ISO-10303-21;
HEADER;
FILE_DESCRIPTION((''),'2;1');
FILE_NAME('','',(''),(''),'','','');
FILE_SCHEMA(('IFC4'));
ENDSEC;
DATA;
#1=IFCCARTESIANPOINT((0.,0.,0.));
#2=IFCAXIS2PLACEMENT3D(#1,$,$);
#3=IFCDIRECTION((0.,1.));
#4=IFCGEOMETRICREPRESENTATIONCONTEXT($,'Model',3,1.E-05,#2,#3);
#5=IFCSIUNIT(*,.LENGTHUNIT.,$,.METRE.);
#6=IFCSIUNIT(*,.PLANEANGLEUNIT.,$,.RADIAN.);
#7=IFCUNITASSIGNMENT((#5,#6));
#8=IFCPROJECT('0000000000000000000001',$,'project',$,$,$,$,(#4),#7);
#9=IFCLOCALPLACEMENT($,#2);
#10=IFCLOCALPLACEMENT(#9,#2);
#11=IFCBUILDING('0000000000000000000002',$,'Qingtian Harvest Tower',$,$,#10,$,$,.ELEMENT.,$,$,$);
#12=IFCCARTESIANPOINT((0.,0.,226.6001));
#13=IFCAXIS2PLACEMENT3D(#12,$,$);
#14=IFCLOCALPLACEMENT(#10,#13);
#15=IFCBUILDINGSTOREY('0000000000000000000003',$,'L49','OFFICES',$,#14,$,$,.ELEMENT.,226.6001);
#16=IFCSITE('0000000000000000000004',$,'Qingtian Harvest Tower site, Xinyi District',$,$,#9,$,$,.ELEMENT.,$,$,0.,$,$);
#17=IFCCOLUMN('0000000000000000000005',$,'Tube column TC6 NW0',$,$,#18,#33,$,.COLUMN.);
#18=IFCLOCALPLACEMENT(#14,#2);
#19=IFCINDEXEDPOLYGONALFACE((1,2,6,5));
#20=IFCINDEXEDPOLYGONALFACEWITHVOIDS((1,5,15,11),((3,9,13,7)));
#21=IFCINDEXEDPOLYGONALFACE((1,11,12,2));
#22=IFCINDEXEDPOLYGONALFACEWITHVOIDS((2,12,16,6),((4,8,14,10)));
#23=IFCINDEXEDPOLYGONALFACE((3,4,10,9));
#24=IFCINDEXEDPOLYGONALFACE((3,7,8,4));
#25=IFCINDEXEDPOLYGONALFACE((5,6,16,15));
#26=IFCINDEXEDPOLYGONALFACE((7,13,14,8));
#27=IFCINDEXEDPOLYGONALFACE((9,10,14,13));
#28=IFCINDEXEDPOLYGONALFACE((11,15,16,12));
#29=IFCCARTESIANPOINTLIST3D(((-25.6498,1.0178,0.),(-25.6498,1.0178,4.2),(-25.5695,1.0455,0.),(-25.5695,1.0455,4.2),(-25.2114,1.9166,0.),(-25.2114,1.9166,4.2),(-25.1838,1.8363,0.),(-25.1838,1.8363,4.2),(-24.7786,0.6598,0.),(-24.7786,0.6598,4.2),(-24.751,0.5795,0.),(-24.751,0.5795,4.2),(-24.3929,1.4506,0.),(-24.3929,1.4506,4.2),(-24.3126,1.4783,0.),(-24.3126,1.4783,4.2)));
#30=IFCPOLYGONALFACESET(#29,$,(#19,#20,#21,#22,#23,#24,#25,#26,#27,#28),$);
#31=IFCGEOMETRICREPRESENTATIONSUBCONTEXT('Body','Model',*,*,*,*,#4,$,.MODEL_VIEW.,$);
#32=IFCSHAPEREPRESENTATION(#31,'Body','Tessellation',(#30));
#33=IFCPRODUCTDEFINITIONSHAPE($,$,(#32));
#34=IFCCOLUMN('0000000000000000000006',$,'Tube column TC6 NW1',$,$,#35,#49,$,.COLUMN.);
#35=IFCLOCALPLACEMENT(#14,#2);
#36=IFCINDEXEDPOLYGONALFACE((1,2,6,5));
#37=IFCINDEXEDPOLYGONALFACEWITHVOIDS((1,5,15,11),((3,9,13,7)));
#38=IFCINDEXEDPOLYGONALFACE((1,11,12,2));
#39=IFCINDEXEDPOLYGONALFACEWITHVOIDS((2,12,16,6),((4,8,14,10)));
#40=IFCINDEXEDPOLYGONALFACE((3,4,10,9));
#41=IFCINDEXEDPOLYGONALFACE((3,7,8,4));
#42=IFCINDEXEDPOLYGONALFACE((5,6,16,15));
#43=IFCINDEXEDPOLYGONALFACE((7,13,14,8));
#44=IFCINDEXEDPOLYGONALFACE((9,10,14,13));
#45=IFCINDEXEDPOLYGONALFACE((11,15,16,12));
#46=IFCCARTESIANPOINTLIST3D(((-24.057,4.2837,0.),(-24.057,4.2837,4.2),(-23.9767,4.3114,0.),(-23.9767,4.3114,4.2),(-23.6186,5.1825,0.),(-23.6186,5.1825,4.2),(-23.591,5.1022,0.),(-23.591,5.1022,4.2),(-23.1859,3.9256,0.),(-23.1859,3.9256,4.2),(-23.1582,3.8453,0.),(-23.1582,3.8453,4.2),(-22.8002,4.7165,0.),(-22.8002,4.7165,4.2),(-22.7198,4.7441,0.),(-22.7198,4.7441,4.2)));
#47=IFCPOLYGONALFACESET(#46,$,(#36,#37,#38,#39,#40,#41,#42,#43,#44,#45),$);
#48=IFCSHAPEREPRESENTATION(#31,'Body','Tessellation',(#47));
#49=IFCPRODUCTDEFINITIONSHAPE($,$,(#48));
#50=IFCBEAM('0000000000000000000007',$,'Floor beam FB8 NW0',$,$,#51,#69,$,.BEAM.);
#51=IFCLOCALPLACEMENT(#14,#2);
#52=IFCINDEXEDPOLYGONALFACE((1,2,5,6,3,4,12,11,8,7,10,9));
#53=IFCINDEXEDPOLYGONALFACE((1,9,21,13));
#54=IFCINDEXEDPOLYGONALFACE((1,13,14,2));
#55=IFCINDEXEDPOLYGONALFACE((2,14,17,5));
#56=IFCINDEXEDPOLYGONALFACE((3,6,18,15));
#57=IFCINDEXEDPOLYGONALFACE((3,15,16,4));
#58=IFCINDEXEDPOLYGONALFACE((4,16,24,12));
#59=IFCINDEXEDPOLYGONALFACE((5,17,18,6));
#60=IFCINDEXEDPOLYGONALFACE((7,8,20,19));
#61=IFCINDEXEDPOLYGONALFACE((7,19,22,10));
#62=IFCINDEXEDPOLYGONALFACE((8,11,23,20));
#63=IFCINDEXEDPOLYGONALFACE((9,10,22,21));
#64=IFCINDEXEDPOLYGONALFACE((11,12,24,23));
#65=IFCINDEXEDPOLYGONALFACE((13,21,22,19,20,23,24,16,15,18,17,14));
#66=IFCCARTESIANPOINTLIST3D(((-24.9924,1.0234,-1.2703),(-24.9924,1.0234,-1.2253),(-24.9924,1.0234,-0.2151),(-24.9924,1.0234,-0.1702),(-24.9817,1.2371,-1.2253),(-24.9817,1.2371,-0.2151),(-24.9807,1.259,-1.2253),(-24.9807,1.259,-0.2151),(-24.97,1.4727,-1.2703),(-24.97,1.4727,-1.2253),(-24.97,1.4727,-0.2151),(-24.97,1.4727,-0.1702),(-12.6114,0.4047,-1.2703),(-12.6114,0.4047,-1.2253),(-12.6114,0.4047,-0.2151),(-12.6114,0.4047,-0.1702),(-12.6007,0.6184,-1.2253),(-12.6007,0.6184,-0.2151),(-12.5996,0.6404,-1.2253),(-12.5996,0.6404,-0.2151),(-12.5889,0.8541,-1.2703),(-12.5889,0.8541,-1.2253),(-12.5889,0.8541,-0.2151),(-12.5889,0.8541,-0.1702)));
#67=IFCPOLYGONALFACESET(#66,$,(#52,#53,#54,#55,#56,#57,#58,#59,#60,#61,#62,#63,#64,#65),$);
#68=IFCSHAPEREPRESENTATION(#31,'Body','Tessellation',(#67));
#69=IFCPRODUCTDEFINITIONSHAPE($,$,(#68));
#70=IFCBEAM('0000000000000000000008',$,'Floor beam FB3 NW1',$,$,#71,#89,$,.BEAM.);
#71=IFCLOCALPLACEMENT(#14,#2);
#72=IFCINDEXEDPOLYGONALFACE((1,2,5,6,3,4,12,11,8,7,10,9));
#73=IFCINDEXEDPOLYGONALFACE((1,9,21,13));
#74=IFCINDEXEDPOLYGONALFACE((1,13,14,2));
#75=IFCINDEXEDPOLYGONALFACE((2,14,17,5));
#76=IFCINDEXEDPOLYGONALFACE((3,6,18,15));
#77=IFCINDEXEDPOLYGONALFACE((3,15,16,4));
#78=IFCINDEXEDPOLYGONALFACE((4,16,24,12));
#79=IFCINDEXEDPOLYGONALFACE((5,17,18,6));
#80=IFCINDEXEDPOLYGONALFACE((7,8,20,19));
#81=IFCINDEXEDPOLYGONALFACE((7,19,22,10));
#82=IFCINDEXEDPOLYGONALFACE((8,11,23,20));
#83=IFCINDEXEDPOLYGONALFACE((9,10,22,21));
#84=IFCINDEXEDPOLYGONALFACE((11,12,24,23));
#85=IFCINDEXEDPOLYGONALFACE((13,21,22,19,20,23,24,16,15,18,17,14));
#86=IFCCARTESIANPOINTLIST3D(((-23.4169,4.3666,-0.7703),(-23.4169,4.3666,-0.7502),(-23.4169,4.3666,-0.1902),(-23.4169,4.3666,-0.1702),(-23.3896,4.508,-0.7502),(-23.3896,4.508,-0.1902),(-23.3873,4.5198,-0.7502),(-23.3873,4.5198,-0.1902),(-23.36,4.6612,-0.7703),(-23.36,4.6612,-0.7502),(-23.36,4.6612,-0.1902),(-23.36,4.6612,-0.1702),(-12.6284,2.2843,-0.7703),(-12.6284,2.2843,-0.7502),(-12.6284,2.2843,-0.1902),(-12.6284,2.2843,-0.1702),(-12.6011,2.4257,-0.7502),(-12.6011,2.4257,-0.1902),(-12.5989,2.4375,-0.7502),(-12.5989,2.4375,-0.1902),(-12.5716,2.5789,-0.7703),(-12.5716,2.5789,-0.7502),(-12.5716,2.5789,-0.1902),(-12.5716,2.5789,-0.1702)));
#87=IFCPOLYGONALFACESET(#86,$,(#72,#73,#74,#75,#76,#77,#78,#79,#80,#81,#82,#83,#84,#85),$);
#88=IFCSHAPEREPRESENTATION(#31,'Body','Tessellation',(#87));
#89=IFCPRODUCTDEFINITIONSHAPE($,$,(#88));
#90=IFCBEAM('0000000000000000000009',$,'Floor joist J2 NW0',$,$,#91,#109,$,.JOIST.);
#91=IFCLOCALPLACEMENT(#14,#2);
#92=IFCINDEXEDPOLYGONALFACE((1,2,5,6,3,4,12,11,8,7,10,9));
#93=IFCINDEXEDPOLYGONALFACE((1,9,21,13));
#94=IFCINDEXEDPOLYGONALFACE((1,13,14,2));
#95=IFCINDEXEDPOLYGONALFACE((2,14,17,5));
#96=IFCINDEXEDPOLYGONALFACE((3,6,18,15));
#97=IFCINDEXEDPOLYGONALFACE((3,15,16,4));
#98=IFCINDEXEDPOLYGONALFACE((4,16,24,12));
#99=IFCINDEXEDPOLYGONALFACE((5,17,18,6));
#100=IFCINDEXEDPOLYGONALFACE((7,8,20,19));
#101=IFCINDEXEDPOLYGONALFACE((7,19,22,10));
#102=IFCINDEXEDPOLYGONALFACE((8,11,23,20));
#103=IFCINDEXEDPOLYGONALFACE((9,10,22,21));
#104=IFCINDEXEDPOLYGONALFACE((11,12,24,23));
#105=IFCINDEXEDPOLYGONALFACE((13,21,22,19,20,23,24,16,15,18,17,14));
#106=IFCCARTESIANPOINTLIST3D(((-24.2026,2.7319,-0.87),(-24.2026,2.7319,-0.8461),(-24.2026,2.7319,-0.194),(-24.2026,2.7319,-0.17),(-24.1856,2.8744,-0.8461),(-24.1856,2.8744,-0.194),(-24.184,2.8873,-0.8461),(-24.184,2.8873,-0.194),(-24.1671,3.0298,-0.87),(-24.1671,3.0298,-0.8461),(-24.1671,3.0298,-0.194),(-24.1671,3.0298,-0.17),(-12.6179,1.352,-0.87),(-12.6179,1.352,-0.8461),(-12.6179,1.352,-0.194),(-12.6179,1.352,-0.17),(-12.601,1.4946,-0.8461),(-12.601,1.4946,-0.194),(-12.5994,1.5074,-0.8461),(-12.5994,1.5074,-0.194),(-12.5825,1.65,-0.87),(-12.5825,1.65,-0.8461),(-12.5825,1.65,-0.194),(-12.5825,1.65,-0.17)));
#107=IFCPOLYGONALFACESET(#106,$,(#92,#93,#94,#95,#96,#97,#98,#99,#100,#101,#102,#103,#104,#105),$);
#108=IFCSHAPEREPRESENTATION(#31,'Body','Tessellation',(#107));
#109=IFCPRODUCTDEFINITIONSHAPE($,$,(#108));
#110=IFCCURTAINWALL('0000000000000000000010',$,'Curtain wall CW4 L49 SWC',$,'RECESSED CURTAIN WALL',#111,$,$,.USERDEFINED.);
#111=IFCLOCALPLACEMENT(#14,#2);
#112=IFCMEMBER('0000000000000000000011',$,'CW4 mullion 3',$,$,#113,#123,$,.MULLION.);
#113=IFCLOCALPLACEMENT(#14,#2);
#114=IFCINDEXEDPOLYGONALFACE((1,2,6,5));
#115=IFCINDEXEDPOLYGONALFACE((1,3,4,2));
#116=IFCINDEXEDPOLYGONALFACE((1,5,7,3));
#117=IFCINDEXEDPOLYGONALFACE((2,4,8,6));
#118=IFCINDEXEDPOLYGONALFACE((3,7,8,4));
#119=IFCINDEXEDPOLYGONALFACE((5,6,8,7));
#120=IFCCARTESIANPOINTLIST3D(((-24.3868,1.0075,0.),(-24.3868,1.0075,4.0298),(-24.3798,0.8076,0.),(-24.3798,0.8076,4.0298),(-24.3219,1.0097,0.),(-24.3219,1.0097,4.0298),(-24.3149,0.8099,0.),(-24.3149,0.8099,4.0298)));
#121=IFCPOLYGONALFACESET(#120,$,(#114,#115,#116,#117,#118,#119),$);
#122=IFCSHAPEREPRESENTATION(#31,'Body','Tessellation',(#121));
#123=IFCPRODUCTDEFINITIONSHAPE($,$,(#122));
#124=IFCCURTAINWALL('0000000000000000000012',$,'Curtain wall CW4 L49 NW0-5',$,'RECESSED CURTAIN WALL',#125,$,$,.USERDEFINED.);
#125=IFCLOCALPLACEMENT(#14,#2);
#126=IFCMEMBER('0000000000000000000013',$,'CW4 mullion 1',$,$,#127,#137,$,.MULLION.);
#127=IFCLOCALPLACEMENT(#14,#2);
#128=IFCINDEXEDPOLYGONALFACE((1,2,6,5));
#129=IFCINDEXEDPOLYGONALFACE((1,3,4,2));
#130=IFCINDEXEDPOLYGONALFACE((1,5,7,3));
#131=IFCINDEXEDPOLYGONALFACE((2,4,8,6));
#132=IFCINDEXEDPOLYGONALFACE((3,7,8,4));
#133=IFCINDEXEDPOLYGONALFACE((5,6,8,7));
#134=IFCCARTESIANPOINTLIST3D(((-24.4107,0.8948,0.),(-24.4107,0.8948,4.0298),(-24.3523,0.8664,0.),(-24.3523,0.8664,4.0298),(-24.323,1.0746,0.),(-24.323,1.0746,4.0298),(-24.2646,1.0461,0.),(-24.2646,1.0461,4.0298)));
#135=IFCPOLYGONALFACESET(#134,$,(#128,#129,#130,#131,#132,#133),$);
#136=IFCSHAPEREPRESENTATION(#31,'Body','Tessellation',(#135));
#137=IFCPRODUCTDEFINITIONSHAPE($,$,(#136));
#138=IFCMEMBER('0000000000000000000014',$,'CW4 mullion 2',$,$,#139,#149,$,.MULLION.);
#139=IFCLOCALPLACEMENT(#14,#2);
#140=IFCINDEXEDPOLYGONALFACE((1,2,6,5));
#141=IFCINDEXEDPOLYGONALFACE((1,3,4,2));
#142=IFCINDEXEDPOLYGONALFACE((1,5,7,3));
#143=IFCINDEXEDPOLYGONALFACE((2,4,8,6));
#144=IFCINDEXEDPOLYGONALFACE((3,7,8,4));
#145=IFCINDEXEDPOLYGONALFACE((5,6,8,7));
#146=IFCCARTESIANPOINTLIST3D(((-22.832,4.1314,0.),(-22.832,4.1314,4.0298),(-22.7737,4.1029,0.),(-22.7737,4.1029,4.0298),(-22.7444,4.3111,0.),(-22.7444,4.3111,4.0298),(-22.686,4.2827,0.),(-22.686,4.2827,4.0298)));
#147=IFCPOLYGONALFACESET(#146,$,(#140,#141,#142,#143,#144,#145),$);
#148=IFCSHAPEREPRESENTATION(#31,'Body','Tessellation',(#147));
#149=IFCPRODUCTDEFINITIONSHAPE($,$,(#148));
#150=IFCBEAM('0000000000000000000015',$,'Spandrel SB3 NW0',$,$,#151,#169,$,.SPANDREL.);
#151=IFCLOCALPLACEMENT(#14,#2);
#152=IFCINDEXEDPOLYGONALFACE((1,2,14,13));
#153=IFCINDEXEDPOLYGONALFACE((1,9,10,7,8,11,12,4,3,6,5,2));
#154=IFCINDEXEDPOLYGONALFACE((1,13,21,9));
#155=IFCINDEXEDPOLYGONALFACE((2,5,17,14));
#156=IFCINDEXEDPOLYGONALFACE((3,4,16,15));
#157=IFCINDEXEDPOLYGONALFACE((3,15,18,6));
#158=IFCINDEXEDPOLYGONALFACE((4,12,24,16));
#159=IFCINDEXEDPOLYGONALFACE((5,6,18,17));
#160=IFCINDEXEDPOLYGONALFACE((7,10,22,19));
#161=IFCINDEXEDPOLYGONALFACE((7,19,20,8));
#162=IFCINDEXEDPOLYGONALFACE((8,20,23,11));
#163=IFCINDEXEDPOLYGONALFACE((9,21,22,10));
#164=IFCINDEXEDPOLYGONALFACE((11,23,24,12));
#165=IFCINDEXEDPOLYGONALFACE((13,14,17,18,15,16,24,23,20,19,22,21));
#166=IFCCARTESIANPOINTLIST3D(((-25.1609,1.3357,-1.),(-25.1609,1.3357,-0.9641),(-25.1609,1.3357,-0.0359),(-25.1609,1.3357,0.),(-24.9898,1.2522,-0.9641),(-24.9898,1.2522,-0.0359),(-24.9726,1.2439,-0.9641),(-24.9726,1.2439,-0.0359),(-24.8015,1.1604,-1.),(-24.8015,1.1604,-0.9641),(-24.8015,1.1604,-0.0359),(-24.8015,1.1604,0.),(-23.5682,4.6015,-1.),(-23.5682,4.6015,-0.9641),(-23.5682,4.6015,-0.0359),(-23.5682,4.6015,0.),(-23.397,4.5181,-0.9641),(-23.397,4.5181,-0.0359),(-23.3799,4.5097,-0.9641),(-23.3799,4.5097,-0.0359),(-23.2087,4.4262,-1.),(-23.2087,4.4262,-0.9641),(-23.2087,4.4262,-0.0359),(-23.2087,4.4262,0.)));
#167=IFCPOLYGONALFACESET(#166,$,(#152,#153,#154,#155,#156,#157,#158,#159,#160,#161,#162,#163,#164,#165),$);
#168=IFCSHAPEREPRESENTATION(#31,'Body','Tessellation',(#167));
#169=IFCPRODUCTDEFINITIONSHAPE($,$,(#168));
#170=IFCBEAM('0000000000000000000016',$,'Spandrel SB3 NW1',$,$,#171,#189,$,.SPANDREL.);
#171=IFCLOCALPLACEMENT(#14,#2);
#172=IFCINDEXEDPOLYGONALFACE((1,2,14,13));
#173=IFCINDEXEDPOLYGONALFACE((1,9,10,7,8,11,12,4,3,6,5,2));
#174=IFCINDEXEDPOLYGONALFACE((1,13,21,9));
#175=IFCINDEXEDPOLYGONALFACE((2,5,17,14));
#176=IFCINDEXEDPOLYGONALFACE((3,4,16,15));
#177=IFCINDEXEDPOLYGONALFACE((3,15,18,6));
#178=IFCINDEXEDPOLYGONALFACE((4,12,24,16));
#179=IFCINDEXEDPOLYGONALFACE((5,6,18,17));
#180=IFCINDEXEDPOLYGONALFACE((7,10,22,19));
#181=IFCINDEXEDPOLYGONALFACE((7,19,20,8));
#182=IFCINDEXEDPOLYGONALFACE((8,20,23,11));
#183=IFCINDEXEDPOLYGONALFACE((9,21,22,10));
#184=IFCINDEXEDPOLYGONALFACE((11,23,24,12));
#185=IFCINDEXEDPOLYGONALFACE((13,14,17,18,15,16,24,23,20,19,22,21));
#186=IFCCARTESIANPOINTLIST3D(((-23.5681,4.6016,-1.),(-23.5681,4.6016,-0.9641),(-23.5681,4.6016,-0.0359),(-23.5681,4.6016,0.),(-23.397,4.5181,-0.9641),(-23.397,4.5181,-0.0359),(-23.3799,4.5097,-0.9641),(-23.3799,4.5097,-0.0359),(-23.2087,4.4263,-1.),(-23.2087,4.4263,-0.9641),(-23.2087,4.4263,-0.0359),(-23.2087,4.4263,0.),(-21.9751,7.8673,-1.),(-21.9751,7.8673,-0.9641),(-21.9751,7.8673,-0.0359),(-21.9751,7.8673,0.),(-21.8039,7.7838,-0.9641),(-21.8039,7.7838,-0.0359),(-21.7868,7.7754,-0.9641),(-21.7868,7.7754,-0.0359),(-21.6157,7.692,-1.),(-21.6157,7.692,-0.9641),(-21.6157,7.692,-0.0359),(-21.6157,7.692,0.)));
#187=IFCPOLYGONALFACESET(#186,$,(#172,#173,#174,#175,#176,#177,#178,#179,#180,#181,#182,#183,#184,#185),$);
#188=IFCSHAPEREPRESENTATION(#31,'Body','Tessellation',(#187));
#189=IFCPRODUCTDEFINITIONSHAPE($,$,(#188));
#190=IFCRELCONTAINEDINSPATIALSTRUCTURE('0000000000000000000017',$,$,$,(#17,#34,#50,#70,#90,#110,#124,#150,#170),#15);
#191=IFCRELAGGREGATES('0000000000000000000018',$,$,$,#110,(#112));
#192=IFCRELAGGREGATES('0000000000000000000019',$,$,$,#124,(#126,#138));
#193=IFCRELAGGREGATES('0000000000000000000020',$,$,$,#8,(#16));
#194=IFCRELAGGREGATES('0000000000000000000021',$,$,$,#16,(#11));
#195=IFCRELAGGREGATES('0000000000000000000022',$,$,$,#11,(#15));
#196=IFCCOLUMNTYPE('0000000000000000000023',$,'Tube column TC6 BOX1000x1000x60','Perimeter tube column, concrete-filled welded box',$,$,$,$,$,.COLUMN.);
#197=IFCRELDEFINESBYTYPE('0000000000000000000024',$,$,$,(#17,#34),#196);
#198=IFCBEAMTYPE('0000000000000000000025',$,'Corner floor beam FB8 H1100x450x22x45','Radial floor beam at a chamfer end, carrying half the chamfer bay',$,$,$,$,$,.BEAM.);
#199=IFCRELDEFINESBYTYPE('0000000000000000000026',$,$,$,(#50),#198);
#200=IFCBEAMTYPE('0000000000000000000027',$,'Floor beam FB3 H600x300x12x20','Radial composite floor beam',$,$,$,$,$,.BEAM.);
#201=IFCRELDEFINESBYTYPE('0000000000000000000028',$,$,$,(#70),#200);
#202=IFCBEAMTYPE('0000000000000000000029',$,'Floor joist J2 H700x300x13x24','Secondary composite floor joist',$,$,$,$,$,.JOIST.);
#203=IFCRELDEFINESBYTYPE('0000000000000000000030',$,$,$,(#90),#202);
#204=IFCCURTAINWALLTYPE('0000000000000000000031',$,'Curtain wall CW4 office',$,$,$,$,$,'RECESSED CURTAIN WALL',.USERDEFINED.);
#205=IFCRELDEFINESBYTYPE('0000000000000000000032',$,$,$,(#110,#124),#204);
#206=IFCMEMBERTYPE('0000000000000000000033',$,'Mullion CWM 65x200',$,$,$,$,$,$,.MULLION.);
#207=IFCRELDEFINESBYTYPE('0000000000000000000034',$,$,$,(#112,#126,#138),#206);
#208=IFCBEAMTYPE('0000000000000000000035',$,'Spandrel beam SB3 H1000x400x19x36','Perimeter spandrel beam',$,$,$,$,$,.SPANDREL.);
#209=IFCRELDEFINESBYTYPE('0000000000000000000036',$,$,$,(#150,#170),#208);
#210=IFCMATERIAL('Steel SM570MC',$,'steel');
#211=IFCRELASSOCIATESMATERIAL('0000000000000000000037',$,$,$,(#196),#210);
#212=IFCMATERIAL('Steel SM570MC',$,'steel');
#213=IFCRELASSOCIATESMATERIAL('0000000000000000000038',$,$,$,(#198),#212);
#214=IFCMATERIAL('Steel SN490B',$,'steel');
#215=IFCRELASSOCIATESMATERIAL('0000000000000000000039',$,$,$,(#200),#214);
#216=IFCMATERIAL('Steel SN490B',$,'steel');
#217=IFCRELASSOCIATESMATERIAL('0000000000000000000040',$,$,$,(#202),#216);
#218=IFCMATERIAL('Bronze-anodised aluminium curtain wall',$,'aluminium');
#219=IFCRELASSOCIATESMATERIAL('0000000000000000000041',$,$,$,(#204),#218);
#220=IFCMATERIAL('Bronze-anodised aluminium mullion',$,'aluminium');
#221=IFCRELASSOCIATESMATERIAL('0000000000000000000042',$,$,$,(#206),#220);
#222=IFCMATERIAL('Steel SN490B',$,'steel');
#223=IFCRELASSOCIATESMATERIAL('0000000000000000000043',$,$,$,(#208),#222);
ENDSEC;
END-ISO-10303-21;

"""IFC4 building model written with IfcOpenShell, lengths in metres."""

from ifc_helpers import new_model, si_unit, direction, frame, origin, origin_2d, place, context, subcontext, project, spatial, rectangle, hollow_rectangle, i_section, extrude, material, material_profile, profile_set, type_object, element, aggregate, save


model = new_model("IFC4")

# Units and contexts
model_context = context("Model", 3, precision=1e-05, world=origin(), true_north=direction((0.0, 1.0)))
body_context = subcontext(model_context, "Body", "Model", "MODEL_VIEW")
ifc_project = project(units=[si_unit("LENGTHUNIT", "METRE"), si_unit("PLANEANGLEUNIT", "RADIAN")], contexts=[model_context])

# Site, building, storey
site_placement = place(None, origin())
site = spatial("IfcSite", under=ifc_project, at=site_placement, Name="Qingtian Harvest Tower site, Xinyi District", CompositionType="ELEMENT", RefElevation=0.0)
building_placement = place(site_placement, origin())
building = spatial("IfcBuilding", under=site, at=building_placement, Name="Qingtian Harvest Tower", CompositionType="ELEMENT")
storey_placement = place(building_placement, frame((0.0, 0.0, 226.6001)))
storey = spatial("IfcBuildingStorey", under=building, at=storey_placement, Name="L49", Description="OFFICES", CompositionType="ELEMENT", Elevation=226.6001)

# Columns
ifc_material_1 = material(Name="Steel SM570MC", Category="steel")
ifc_material_profile_1 = material_profile(ifc_material_1, hollow_rectangle(XDim=1.0, YDim=1.0, WallThickness=0.0601, at=origin_2d()), Name="BOX1000x1000x60")
ifc_profile_set_1 = profile_set([ifc_material_profile_1], Name="Steel SM570MC")
column_type = type_object("IfcColumnType", Name="Tube column TC6 BOX1000x1000x60", Description="Perimeter tube column, concrete-filled welded box", PredefinedType="COLUMN", material=ifc_profile_set_1)
for number, where, z_axis, x_axis, name in (
    (1, (-24.9812, 1.248, 0.0), (0.0, 0.0, 1.0), (-0.438371, -0.898794, 0.0), "Tube column TC6 NW0"),
    (2, (-23.3884, 4.5139, 0.0), (0.0, 0.0, 1.0), (-0.438371, -0.898794, 0.0), "Tube column TC6 NW1"),
):
    element("IfcColumn", number, at=place(storey_placement, frame(where, z_axis=z_axis, x_axis=x_axis)), inside=storey, type_object=column_type, Name=name, PredefinedType="COLUMN", context=body_context, shape_type="SweptSolid", body=[
        extrude(hollow_rectangle(XDim=1.0, YDim=1.0, WallThickness=0.0601, at=origin_2d()), origin(), (0.0, 0.0, 1.0), 4.2),
    ])

# Beams
ifc_material_2 = material(Name="Steel SM570MC", Category="steel")
ifc_material_profile_2 = material_profile(ifc_material_2, i_section(OverallWidth=0.45, OverallDepth=1.1001, WebThickness=0.022, FlangeThickness=0.0449, at=origin_2d()), Name="H1100x450x22x45")
ifc_profile_set_2 = profile_set([ifc_material_profile_2], Name="Steel SM570MC")
beam_type_1 = type_object("IfcBeamType", Name="Corner floor beam FB8 H1100x450x22x45", Description="Radial floor beam at a chamfer end, carrying half the chamfer bay", PredefinedType="BEAM", material=ifc_profile_set_2)
beam_1_placement = place(storey_placement, frame((-24.9812, 1.248, -0.7202), z_axis=(0.998754, -0.049905, 0.0), x_axis=(0.049905, 0.998754, 0.0)))
element("IfcBeam", 3, at=beam_1_placement, inside=storey, type_object=beam_type_1, Name="Floor beam FB8 NW0", PredefinedType="BEAM", context=body_context, shape_type="SweptSolid", body=[
    extrude(i_section(OverallWidth=0.45, OverallDepth=1.1001, WebThickness=0.022, FlangeThickness=0.0449, at=origin_2d()), origin(), (0.0, 0.0, 1.0), 12.3965),
])
ifc_material_3 = material(Name="Steel SN490B", Category="steel")
ifc_material_profile_3 = material_profile(ifc_material_3, i_section(OverallWidth=0.3, OverallDepth=0.6001, WebThickness=0.012, FlangeThickness=0.02, at=origin_2d()), Name="H600x300x12x20")
ifc_profile_set_3 = profile_set([ifc_material_profile_3], Name="Steel SN490B")
beam_type_2 = type_object("IfcBeamType", Name="Floor beam FB3 H600x300x12x20", Description="Radial composite floor beam", PredefinedType="BEAM", material=ifc_profile_set_3)
beam_2_placement = place(storey_placement, frame((-23.3884, 4.5139, -0.4702), z_axis=(0.981878, -0.189514, 0.0), x_axis=(0.189514, 0.981878, 0.0)))
element("IfcBeam", 4, at=beam_2_placement, inside=storey, type_object=beam_type_2, Name="Floor beam FB3 NW1", PredefinedType="BEAM", context=body_context, shape_type="SweptSolid", body=[
    extrude(i_section(OverallWidth=0.3, OverallDepth=0.6001, WebThickness=0.012, FlangeThickness=0.02, at=origin_2d()), origin(), (0.0, 0.0, 1.0), 10.9875),
])
ifc_material_4 = material(Name="Steel SN490B", Category="steel")
ifc_material_profile_4 = material_profile(ifc_material_4, i_section(OverallWidth=0.3, OverallDepth=0.7, WebThickness=0.0129, FlangeThickness=0.0239, at=origin_2d()), Name="H700x300x13x24")
ifc_profile_set_4 = profile_set([ifc_material_profile_4], Name="Steel SN490B")
beam_type_3 = type_object("IfcBeamType", Name="Floor joist J2 H700x300x13x24", Description="Secondary composite floor joist", PredefinedType="JOIST", material=ifc_profile_set_4)
beam_3_placement = place(storey_placement, frame((-24.1848, 2.8809, -0.52), z_axis=(0.992981, -0.118276, 0.0), x_axis=(0.118276, 0.992981, 0.0)))
element("IfcBeam", 5, at=beam_3_placement, inside=storey, type_object=beam_type_3, Name="Floor joist J2 NW0", PredefinedType="JOIST", context=body_context, shape_type="SweptSolid", body=[
    extrude(i_section(OverallWidth=0.3, OverallDepth=0.7, WebThickness=0.0129, FlangeThickness=0.0239, at=origin_2d()), origin(), (0.0, 0.0, 1.0), 11.6665),
])

# Curtain wall, member
ifc_material_5 = material(Name="Bronze-anodised aluminium curtain wall", Category="aluminium")
curtain_wall_type = type_object("IfcCurtainWallType", Name="Curtain wall CW4 office", ElementType="RECESSED CURTAIN WALL", PredefinedType="USERDEFINED", material=ifc_material_5)
curtain_wall_1_placement = place(storey_placement, origin())
curtain_wall_1 = element("IfcCurtainWall", 6, at=curtain_wall_1_placement, inside=storey, type_object=curtain_wall_type, Name="Curtain wall CW4 L49 SWC", ObjectType="RECESSED CURTAIN WALL", PredefinedType="USERDEFINED")
ifc_material_6 = material(Name="Bronze-anodised aluminium mullion", Category="aluminium")
ifc_material_profile_5 = material_profile(ifc_material_6, rectangle(XDim=0.0649, YDim=0.2, at=origin_2d()), Name="AL 65x200")
ifc_profile_set_5 = profile_set([ifc_material_profile_5], Name="Bronze-anodised aluminium mullion")
member_type_1 = type_object("IfcMemberType", Name="Mullion CWM 65x200", PredefinedType="MULLION", material=ifc_profile_set_5)
member_1_placement = place(storey_placement, frame((-24.3508, 0.9087, 0.0), z_axis=(0.0, 0.0, 1.0), x_axis=(-0.999391, -0.034899, 0.0)))
member_1 = element("IfcMember", 7, at=member_1_placement, type_object=member_type_1, Name="CW4 mullion 3", PredefinedType="MULLION", context=body_context, shape_type="SweptSolid", body=[
    extrude(rectangle(XDim=0.0649, YDim=0.2, at=origin_2d()), origin(), (0.0, 0.0, 1.0), 4.0298),
])

# Curtain wall, members
curtain_wall_2_placement = place(storey_placement, origin())
curtain_wall_2 = element("IfcCurtainWall", 8, at=curtain_wall_2_placement, inside=storey, type_object=curtain_wall_type, Name="Curtain wall CW4 L49 NW0-5", ObjectType="RECESSED CURTAIN WALL", PredefinedType="USERDEFINED")
member_2_placement = place(storey_placement, frame((-24.3376, 0.9705, 0.0), z_axis=(0.0, 0.0, 1.0), x_axis=(-0.898794, 0.438371, 0.0)))
member_2 = element("IfcMember", 9, at=member_2_placement, type_object=member_type_1, Name="CW4 mullion 1", PredefinedType="MULLION", context=body_context, shape_type="SweptSolid", body=[
    extrude(rectangle(XDim=0.0649, YDim=0.2, at=origin_2d()), origin(), (0.0, 0.0, 1.0), 4.0298),
])
member_3_placement = place(storey_placement, frame((-22.759, 4.207, 0.0), z_axis=(0.0, 0.0, 1.0), x_axis=(-0.898794, 0.438371, 0.0)))
member_3 = element("IfcMember", 10, at=member_3_placement, type_object=member_type_1, Name="CW4 mullion 2", PredefinedType="MULLION", context=body_context, shape_type="SweptSolid", body=[
    extrude(rectangle(XDim=0.0649, YDim=0.2, at=origin_2d()), origin(), (0.0, 0.0, 1.0), 4.0298),
])

# Beams
ifc_material_7 = material(Name="Steel SN490B", Category="steel")
ifc_material_profile_6 = material_profile(ifc_material_7, i_section(OverallWidth=0.3999, OverallDepth=1.0, WebThickness=0.019, FlangeThickness=0.0359, at=origin_2d()), Name="H1000x400x19x36")
ifc_profile_set_6 = profile_set([ifc_material_profile_6], Name="Steel SN490B")
beam_type_4 = type_object("IfcBeamType", Name="Spandrel beam SB3 H1000x400x19x36", Description="Perimeter spandrel beam", PredefinedType="SPANDREL", material=ifc_profile_set_6)
for number, where, z_axis, x_axis, name in (
    (11, (-24.9812, 1.248, -0.5), (0.438349, 0.898805, 0.0), (-0.898805, 0.438349, 0.0), "Spandrel SB3 NW0"),
    (12, (-23.3884, 4.5139, -0.5), (0.43843, 0.898765, 0.0), (-0.898765, 0.43843, 0.0), "Spandrel SB3 NW1"),
):
    element("IfcBeam", number, at=place(storey_placement, frame(where, z_axis=z_axis, x_axis=x_axis)), inside=storey, type_object=beam_type_4, Name=name, PredefinedType="SPANDREL", context=body_context, shape_type="SweptSolid", body=[
        extrude(i_section(OverallWidth=0.3999, OverallDepth=1.0, WebThickness=0.019, FlangeThickness=0.0359, at=origin_2d()), origin(), (0.0, 0.0, 1.0), 3.6335),
    ])

aggregate(curtain_wall_1, [member_1])
aggregate(curtain_wall_2, [member_2, member_3])

save(model, "model.ifc")
